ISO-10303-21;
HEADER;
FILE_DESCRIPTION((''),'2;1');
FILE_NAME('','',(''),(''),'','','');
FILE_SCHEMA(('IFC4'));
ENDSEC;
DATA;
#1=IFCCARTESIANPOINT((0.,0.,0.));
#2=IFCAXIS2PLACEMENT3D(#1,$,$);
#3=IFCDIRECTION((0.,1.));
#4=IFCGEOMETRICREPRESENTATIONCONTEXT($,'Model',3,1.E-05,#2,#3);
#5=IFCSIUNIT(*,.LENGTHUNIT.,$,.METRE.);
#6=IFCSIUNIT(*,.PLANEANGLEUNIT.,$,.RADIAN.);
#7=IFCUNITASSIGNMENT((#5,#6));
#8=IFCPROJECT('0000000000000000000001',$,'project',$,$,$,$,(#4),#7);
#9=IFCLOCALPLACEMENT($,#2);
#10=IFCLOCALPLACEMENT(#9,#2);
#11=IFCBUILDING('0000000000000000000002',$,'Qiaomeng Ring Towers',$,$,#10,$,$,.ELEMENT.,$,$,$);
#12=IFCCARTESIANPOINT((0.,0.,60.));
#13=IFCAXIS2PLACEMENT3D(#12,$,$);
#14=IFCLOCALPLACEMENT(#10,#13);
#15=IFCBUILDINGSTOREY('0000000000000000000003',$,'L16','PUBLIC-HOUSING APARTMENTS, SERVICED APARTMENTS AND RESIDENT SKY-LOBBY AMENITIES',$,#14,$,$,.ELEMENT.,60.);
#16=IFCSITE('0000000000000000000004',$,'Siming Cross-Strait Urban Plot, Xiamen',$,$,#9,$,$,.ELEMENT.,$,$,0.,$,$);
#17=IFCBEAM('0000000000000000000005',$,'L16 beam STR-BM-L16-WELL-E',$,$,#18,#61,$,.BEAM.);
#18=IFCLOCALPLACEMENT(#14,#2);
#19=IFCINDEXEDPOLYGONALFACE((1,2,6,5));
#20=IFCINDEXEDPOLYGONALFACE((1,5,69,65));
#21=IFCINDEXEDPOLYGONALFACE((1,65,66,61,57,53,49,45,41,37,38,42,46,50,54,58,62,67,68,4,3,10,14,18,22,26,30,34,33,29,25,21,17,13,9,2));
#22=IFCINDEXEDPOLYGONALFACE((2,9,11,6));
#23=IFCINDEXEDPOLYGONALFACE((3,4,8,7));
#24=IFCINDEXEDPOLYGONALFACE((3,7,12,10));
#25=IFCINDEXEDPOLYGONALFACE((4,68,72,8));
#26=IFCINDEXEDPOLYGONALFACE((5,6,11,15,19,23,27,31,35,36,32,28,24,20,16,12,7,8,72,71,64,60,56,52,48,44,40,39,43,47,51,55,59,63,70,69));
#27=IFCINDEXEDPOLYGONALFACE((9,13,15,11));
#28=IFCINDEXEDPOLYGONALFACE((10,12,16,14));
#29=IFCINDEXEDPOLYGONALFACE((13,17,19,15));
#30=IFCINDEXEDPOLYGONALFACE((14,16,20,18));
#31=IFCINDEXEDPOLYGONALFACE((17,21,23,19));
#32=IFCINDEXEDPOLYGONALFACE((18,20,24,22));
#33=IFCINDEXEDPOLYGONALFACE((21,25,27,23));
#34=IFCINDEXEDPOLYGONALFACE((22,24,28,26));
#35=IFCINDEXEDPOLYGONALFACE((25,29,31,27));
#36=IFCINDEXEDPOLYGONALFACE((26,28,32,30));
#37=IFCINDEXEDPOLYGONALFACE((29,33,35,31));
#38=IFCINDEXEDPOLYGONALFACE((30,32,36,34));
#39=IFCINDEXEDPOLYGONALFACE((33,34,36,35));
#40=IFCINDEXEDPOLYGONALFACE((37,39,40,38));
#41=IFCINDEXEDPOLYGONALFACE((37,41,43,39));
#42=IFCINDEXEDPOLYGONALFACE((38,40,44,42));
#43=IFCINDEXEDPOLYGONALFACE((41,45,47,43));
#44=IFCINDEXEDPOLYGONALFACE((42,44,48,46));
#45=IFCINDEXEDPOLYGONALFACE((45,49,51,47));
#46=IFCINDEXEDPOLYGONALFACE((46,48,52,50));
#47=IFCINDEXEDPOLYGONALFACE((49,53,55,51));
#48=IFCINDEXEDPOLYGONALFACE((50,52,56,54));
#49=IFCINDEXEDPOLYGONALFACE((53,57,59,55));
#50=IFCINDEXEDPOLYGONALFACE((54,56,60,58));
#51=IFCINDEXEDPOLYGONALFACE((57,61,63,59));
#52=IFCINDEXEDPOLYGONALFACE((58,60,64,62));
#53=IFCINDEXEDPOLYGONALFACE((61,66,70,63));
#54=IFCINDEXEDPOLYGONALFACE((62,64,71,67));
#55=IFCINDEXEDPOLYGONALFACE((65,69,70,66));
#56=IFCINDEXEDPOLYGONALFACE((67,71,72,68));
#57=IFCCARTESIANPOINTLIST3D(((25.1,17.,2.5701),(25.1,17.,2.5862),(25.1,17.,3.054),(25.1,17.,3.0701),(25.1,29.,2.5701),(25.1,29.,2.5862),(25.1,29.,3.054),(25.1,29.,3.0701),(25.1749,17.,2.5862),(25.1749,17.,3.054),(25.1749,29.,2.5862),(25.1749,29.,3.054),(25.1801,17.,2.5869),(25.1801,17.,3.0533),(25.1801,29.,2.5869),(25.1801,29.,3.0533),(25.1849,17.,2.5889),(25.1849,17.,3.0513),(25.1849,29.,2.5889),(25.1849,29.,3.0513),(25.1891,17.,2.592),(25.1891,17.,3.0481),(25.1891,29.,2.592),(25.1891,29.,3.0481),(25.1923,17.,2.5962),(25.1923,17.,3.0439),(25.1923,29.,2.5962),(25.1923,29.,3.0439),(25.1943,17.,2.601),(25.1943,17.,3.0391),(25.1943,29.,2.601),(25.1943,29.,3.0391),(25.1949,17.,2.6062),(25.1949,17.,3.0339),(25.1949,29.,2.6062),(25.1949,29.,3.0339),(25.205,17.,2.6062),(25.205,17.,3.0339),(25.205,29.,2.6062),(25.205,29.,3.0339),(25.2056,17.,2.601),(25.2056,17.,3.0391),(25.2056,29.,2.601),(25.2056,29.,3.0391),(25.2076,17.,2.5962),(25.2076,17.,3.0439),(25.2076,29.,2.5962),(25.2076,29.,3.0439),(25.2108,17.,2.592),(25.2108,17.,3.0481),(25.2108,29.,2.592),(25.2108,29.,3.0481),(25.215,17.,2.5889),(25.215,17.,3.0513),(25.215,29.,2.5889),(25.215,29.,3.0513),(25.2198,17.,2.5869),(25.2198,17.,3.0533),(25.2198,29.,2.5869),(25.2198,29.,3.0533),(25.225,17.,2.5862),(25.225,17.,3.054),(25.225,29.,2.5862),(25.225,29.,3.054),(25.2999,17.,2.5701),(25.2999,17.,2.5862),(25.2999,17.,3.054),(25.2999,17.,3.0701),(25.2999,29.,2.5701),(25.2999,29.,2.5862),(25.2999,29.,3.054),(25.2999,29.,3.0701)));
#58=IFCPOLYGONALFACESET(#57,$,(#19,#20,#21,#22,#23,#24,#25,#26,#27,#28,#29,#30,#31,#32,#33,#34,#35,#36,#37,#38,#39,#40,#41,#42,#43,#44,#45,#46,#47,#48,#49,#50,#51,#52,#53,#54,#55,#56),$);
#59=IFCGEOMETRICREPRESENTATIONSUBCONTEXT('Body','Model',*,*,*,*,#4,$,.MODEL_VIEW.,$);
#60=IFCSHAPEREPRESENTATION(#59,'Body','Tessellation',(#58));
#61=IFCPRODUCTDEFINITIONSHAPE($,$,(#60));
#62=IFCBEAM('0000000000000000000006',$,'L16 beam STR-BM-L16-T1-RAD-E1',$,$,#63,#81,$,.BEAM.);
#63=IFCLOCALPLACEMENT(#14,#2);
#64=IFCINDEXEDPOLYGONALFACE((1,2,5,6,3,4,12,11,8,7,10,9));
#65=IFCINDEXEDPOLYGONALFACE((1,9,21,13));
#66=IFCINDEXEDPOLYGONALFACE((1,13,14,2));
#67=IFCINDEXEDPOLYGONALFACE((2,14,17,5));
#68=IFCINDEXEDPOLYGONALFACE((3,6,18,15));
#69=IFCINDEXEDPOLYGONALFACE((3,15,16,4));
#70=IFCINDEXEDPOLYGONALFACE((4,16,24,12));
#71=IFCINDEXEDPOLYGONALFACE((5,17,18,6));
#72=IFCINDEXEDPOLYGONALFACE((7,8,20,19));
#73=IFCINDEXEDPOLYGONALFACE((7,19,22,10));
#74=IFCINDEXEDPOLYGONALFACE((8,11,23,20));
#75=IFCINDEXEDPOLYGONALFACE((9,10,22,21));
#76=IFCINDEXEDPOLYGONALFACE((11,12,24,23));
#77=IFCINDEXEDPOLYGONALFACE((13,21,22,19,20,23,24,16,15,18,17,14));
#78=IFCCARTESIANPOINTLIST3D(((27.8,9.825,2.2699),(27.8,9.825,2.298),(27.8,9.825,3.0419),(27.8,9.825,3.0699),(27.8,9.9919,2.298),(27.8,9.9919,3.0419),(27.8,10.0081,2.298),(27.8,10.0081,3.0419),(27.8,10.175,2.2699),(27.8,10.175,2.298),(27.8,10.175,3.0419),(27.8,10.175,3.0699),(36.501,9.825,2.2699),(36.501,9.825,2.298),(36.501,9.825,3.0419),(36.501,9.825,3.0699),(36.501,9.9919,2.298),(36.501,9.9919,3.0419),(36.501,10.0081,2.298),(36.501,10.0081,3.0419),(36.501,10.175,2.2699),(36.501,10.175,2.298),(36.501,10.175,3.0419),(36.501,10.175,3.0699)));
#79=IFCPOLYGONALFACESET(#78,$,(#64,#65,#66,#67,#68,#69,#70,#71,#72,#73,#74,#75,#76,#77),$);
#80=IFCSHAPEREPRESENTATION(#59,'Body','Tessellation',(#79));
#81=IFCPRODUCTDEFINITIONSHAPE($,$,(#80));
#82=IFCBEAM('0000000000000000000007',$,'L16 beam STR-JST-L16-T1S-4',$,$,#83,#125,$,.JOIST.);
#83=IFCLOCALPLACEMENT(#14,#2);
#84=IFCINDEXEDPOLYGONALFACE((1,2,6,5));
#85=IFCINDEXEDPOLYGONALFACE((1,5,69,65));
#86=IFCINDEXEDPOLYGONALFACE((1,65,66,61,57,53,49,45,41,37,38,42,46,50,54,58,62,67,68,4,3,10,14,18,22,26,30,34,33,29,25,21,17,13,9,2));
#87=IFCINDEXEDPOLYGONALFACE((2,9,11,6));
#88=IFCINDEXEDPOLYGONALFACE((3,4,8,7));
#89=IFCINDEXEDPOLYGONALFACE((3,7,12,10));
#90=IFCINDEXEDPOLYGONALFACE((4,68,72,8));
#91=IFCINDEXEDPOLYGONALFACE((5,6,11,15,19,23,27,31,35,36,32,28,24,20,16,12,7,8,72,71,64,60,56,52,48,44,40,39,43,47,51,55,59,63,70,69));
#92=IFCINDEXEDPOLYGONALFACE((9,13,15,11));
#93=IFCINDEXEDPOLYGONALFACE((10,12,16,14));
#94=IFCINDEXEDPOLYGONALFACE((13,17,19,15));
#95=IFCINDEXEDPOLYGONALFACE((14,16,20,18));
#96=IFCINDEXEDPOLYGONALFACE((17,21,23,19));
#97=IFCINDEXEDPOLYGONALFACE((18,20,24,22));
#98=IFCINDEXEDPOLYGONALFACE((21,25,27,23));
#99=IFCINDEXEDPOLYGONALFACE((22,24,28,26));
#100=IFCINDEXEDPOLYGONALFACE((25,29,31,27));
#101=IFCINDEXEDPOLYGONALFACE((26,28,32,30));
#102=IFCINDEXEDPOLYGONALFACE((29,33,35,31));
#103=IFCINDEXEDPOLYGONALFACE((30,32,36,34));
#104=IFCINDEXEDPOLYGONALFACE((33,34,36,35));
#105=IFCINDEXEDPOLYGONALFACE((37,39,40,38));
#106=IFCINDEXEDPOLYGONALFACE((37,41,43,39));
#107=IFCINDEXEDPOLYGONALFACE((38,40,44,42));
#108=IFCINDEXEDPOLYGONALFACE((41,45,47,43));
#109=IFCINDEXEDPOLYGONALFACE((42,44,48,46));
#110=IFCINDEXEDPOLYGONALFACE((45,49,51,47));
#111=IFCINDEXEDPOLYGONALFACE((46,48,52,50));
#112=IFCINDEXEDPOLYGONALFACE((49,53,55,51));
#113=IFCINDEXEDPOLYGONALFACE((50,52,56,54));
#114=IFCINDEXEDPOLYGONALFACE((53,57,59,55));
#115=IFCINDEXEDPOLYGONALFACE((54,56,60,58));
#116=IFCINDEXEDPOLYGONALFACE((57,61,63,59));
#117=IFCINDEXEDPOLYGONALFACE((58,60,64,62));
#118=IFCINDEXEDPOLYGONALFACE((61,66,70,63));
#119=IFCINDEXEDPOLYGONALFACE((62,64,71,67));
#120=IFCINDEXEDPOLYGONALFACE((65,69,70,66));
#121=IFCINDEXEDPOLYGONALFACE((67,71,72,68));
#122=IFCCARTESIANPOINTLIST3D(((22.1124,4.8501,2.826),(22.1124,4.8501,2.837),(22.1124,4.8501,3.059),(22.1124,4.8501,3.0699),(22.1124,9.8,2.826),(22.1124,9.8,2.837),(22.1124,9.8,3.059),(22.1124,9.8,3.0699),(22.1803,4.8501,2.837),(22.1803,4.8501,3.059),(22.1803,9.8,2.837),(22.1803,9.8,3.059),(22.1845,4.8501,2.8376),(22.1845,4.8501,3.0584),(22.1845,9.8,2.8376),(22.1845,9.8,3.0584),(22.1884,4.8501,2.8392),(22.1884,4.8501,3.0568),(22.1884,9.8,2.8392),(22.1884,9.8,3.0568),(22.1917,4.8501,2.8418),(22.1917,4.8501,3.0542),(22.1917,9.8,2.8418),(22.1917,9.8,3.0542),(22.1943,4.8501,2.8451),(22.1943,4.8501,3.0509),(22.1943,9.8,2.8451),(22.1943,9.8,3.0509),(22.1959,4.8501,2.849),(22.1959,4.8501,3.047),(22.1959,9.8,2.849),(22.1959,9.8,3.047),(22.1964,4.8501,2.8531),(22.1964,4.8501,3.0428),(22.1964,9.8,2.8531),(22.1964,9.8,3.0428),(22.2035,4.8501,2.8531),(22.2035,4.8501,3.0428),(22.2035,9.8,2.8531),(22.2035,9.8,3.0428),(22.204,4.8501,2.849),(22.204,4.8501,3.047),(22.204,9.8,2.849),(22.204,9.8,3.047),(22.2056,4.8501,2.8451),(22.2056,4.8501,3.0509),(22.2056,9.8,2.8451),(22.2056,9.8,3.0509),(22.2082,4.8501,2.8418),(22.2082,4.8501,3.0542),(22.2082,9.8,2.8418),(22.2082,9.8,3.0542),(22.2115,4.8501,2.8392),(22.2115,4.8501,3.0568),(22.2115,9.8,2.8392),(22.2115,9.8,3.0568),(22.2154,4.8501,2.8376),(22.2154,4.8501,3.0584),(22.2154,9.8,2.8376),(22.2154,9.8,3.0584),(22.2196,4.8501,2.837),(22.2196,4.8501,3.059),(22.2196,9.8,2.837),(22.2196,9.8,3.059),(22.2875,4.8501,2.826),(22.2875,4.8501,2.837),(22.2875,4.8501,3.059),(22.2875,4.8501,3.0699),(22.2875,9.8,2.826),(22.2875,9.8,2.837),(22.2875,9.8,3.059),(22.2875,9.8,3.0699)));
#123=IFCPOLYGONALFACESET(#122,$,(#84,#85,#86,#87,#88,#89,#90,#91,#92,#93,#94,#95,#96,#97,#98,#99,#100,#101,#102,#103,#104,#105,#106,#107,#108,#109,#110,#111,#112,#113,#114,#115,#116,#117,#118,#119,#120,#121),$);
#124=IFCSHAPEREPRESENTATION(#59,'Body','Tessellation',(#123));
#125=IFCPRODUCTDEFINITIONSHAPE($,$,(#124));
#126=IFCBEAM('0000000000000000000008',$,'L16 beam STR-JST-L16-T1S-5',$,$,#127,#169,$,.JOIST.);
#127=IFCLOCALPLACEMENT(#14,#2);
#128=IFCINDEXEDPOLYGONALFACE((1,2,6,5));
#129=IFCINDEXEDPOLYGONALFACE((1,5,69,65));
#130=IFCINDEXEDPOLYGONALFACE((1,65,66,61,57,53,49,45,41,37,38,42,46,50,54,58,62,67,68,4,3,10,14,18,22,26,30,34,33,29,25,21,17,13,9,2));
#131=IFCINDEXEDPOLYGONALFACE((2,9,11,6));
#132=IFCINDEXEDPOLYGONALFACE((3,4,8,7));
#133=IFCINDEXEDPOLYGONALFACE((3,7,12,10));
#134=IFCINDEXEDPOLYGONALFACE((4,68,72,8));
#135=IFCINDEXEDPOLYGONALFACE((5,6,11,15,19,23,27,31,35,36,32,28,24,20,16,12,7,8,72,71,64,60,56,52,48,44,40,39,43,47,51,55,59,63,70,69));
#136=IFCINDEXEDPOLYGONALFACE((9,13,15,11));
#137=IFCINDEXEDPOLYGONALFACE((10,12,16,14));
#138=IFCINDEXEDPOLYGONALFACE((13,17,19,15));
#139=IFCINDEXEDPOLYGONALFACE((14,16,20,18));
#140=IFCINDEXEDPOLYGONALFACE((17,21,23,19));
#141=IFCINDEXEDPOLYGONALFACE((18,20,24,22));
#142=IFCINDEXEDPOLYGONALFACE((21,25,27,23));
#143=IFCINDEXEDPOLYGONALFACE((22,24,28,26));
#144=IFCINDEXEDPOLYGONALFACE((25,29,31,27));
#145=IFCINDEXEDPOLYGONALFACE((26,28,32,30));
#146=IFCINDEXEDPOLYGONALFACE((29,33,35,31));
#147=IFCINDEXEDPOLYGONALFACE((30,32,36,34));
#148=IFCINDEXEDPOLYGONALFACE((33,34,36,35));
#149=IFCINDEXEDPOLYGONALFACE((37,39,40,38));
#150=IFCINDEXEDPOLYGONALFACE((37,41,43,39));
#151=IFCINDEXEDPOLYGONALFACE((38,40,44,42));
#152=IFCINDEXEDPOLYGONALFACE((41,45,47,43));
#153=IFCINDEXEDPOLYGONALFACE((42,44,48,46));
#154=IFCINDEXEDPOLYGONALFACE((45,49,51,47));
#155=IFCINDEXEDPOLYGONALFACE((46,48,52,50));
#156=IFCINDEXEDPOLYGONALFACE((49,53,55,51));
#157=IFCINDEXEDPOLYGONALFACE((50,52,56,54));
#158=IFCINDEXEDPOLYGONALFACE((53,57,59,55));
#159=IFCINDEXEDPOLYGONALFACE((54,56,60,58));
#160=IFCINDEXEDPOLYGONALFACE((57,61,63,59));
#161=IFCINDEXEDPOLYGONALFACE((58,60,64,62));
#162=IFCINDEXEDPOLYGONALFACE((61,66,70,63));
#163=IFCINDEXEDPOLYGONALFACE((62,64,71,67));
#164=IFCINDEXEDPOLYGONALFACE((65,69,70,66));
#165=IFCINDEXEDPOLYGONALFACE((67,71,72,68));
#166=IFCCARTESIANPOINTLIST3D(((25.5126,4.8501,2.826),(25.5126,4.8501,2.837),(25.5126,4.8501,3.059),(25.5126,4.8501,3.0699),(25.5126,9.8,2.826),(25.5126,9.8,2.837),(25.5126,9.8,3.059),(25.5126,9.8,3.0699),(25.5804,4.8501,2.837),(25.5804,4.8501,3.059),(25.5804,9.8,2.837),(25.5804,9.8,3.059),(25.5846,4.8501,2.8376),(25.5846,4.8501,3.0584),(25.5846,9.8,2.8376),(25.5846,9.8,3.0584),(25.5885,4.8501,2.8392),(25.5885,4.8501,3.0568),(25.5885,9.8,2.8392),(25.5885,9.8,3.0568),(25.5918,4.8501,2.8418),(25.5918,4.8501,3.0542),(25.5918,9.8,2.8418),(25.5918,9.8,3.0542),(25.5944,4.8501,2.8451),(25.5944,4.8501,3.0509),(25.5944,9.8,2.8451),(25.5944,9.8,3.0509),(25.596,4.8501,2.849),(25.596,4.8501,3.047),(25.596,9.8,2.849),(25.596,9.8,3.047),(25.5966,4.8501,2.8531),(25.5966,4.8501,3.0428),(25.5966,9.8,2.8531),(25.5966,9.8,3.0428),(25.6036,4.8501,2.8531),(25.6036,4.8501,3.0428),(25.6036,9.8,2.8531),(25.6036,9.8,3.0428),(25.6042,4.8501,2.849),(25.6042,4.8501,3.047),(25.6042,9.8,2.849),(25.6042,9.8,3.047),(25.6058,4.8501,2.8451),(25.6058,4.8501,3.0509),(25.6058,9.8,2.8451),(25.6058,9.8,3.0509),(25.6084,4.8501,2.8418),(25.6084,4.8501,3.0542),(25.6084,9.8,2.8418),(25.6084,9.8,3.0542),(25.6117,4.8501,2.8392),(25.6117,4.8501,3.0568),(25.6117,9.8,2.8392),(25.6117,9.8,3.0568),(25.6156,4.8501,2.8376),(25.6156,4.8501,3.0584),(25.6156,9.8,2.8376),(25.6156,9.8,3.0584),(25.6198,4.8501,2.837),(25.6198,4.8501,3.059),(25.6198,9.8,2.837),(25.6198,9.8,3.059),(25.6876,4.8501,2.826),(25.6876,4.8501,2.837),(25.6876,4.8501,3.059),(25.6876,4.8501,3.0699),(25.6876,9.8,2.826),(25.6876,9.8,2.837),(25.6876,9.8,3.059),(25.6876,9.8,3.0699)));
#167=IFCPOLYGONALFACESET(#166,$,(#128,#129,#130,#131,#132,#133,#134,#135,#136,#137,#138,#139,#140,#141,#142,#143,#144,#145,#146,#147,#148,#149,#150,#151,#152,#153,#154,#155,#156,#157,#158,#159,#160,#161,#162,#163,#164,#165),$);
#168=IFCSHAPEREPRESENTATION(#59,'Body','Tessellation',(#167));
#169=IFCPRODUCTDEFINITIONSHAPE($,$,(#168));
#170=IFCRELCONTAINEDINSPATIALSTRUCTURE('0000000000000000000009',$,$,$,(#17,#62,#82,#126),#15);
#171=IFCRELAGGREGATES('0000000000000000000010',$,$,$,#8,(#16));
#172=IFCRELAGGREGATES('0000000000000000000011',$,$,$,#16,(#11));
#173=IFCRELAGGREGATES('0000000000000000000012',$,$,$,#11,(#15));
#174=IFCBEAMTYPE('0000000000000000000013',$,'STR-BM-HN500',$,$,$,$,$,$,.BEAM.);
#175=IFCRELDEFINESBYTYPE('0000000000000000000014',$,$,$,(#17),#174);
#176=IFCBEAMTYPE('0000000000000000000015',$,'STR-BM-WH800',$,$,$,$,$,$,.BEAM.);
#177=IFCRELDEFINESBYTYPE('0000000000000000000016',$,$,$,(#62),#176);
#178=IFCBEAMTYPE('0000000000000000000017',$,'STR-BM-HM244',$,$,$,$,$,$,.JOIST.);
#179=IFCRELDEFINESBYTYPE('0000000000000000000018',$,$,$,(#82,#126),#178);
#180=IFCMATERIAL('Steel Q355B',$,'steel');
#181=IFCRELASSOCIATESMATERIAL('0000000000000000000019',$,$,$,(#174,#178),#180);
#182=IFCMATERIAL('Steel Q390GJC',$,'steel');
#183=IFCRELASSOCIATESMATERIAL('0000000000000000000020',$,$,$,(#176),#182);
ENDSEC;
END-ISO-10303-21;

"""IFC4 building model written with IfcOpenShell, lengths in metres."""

from ifc_helpers import new_model, si_unit, direction, frame, origin, origin_2d, place, context, subcontext, project, spatial, i_section, extrude, source, transform, mapped, material, material_profile, profile_set, type_object, element, save


model = new_model("IFC4")

# Units and contexts
model_context = context("Model", 3, precision=1e-05, world=origin(), true_north=direction((0.0, 1.0)))
body_context = subcontext(model_context, "Body", "Model", "MODEL_VIEW")
ifc_project = project(units=[si_unit("LENGTHUNIT", "METRE"), si_unit("PLANEANGLEUNIT", "RADIAN")], contexts=[model_context])

# Site, building, storey
site_placement = place(None, origin())
site = spatial("IfcSite", under=ifc_project, at=site_placement, Name="Siming Cross-Strait Urban Plot, Xiamen", CompositionType="ELEMENT", RefElevation=0.0)
building_placement = place(site_placement, origin())
building = spatial("IfcBuilding", under=site, at=building_placement, Name="Qiaomeng Ring Towers", CompositionType="ELEMENT")
storey_placement = place(building_placement, frame((0.0, 0.0, 60.0)))
storey = spatial("IfcBuildingStorey", under=building, at=storey_placement, Name="L16", Description="PUBLIC-HOUSING APARTMENTS, SERVICED APARTMENTS AND RESIDENT SKY-LOBBY AMENITIES", CompositionType="ELEMENT", Elevation=60.0)

# Beams
ifc_material_1 = material(Name="Steel Q355B", Category="steel")
ifc_material_profile_1 = material_profile(ifc_material_1, i_section(OverallWidth=0.2, OverallDepth=0.5, WebThickness=0.01, FlangeThickness=0.0161, FilletRadius=0.02, at=origin_2d()), Name="HN 500x200x10x16")
ifc_profile_set_1 = profile_set([ifc_material_profile_1], Name="Steel Q355B")
beam_type_1 = type_object("IfcBeamType", Name="STR-BM-HN500", PredefinedType="BEAM", material=ifc_profile_set_1)
shared_shape_1 = source(origin(), body_context, "Body", "SweptSolid", [
    extrude(i_section(OverallWidth=0.2, OverallDepth=0.5, WebThickness=0.01, FlangeThickness=0.0161, FilletRadius=0.02, at=origin_2d()), origin(), (0.0, 0.0, 1.0), 12.0),
])
beam_1_placement = place(storey_placement, frame((25.2, 17.0, 2.8201), z_axis=(0.0, 1.0, 0.0), x_axis=(-1.0, 0.0, 0.0)))
element("IfcBeam", 1, at=beam_1_placement, inside=storey, type_object=beam_type_1, Name="L16 beam STR-BM-L16-WELL-E", PredefinedType="BEAM", context=body_context, shape_type="MappedRepresentation", body=[
    mapped(shared_shape_1, transform((0.0, 0.0, 0.0), x_axis=(1.0, 0.0, 0.0), y_axis=(0.0, 1.0, 0.0), z_axis=(0.0, 0.0, 1.0), scale=1.0)),
])
ifc_material_2 = material(Name="Steel Q390GJC", Category="steel")
ifc_material_profile_2 = material_profile(ifc_material_2, i_section(OverallWidth=0.3501, OverallDepth=0.8, WebThickness=0.0161, FlangeThickness=0.0281, at=origin_2d()), Name="WH 800x350x16x28")
ifc_profile_set_2 = profile_set([ifc_material_profile_2], Name="Steel Q390GJC")
beam_type_2 = type_object("IfcBeamType", Name="STR-BM-WH800", PredefinedType="BEAM", material=ifc_profile_set_2)
shared_shape_2 = source(origin(), body_context, "Body", "SweptSolid", [
    extrude(i_section(OverallWidth=0.3501, OverallDepth=0.8, WebThickness=0.0161, FlangeThickness=0.0281, at=origin_2d()), origin(), (0.0, 0.0, 1.0), 8.7009),
])
beam_2_placement = place(storey_placement, frame((27.8, 10.0, 2.6699), z_axis=(1.0, 0.0, 0.0), x_axis=(0.0, 1.0, 0.0)))
element("IfcBeam", 2, at=beam_2_placement, inside=storey, type_object=beam_type_2, Name="L16 beam STR-BM-L16-T1-RAD-E1", PredefinedType="BEAM", context=body_context, shape_type="MappedRepresentation", body=[
    mapped(shared_shape_2, transform((0.0, 0.0, 0.0), x_axis=(1.0, 0.0, 0.0), y_axis=(0.0, 1.0, 0.0), z_axis=(0.0, 0.0, 1.0), scale=1.0)),
])
ifc_material_profile_3 = material_profile(ifc_material_1, i_section(OverallWidth=0.175, OverallDepth=0.2439, WebThickness=0.0071, FlangeThickness=0.011, FilletRadius=0.0161, at=origin_2d()), Name="HM 244x175x7x11")
ifc_profile_set_3 = profile_set([ifc_material_profile_3], Name="Steel Q355B")
beam_type_3 = type_object("IfcBeamType", Name="STR-BM-HM244", PredefinedType="JOIST", material=ifc_profile_set_3)
shared_shape_3 = source(origin(), body_context, "Body", "SweptSolid", [
    extrude(i_section(OverallWidth=0.175, OverallDepth=0.2439, WebThickness=0.0071, FlangeThickness=0.011, FilletRadius=0.0161, at=origin_2d()), origin(), (0.0, 0.0, 1.0), 4.95),
])
for number, where, z_axis, x_axis, name in (
    (3, (22.2, 4.8501, 2.948), (0.0, 1.0, 0.0), (-1.0, 0.0, 0.0), "L16 beam STR-JST-L16-T1S-4"),
    (4, (25.6001, 4.8501, 2.948), (0.0, 1.0, 0.0), (-1.0, 0.0, 0.0), "L16 beam STR-JST-L16-T1S-5"),
):
    element("IfcBeam", number, at=place(storey_placement, frame(where, z_axis=z_axis, x_axis=x_axis)), inside=storey, type_object=beam_type_3, Name=name, PredefinedType="JOIST", context=body_context, shape_type="MappedRepresentation", body=[
        mapped(shared_shape_3, transform((0.0, 0.0, 0.0), x_axis=(1.0, 0.0, 0.0), y_axis=(0.0, 1.0, 0.0), z_axis=(0.0, 0.0, 1.0), scale=1.0)),
    ])

save(model, "model.ifc")
